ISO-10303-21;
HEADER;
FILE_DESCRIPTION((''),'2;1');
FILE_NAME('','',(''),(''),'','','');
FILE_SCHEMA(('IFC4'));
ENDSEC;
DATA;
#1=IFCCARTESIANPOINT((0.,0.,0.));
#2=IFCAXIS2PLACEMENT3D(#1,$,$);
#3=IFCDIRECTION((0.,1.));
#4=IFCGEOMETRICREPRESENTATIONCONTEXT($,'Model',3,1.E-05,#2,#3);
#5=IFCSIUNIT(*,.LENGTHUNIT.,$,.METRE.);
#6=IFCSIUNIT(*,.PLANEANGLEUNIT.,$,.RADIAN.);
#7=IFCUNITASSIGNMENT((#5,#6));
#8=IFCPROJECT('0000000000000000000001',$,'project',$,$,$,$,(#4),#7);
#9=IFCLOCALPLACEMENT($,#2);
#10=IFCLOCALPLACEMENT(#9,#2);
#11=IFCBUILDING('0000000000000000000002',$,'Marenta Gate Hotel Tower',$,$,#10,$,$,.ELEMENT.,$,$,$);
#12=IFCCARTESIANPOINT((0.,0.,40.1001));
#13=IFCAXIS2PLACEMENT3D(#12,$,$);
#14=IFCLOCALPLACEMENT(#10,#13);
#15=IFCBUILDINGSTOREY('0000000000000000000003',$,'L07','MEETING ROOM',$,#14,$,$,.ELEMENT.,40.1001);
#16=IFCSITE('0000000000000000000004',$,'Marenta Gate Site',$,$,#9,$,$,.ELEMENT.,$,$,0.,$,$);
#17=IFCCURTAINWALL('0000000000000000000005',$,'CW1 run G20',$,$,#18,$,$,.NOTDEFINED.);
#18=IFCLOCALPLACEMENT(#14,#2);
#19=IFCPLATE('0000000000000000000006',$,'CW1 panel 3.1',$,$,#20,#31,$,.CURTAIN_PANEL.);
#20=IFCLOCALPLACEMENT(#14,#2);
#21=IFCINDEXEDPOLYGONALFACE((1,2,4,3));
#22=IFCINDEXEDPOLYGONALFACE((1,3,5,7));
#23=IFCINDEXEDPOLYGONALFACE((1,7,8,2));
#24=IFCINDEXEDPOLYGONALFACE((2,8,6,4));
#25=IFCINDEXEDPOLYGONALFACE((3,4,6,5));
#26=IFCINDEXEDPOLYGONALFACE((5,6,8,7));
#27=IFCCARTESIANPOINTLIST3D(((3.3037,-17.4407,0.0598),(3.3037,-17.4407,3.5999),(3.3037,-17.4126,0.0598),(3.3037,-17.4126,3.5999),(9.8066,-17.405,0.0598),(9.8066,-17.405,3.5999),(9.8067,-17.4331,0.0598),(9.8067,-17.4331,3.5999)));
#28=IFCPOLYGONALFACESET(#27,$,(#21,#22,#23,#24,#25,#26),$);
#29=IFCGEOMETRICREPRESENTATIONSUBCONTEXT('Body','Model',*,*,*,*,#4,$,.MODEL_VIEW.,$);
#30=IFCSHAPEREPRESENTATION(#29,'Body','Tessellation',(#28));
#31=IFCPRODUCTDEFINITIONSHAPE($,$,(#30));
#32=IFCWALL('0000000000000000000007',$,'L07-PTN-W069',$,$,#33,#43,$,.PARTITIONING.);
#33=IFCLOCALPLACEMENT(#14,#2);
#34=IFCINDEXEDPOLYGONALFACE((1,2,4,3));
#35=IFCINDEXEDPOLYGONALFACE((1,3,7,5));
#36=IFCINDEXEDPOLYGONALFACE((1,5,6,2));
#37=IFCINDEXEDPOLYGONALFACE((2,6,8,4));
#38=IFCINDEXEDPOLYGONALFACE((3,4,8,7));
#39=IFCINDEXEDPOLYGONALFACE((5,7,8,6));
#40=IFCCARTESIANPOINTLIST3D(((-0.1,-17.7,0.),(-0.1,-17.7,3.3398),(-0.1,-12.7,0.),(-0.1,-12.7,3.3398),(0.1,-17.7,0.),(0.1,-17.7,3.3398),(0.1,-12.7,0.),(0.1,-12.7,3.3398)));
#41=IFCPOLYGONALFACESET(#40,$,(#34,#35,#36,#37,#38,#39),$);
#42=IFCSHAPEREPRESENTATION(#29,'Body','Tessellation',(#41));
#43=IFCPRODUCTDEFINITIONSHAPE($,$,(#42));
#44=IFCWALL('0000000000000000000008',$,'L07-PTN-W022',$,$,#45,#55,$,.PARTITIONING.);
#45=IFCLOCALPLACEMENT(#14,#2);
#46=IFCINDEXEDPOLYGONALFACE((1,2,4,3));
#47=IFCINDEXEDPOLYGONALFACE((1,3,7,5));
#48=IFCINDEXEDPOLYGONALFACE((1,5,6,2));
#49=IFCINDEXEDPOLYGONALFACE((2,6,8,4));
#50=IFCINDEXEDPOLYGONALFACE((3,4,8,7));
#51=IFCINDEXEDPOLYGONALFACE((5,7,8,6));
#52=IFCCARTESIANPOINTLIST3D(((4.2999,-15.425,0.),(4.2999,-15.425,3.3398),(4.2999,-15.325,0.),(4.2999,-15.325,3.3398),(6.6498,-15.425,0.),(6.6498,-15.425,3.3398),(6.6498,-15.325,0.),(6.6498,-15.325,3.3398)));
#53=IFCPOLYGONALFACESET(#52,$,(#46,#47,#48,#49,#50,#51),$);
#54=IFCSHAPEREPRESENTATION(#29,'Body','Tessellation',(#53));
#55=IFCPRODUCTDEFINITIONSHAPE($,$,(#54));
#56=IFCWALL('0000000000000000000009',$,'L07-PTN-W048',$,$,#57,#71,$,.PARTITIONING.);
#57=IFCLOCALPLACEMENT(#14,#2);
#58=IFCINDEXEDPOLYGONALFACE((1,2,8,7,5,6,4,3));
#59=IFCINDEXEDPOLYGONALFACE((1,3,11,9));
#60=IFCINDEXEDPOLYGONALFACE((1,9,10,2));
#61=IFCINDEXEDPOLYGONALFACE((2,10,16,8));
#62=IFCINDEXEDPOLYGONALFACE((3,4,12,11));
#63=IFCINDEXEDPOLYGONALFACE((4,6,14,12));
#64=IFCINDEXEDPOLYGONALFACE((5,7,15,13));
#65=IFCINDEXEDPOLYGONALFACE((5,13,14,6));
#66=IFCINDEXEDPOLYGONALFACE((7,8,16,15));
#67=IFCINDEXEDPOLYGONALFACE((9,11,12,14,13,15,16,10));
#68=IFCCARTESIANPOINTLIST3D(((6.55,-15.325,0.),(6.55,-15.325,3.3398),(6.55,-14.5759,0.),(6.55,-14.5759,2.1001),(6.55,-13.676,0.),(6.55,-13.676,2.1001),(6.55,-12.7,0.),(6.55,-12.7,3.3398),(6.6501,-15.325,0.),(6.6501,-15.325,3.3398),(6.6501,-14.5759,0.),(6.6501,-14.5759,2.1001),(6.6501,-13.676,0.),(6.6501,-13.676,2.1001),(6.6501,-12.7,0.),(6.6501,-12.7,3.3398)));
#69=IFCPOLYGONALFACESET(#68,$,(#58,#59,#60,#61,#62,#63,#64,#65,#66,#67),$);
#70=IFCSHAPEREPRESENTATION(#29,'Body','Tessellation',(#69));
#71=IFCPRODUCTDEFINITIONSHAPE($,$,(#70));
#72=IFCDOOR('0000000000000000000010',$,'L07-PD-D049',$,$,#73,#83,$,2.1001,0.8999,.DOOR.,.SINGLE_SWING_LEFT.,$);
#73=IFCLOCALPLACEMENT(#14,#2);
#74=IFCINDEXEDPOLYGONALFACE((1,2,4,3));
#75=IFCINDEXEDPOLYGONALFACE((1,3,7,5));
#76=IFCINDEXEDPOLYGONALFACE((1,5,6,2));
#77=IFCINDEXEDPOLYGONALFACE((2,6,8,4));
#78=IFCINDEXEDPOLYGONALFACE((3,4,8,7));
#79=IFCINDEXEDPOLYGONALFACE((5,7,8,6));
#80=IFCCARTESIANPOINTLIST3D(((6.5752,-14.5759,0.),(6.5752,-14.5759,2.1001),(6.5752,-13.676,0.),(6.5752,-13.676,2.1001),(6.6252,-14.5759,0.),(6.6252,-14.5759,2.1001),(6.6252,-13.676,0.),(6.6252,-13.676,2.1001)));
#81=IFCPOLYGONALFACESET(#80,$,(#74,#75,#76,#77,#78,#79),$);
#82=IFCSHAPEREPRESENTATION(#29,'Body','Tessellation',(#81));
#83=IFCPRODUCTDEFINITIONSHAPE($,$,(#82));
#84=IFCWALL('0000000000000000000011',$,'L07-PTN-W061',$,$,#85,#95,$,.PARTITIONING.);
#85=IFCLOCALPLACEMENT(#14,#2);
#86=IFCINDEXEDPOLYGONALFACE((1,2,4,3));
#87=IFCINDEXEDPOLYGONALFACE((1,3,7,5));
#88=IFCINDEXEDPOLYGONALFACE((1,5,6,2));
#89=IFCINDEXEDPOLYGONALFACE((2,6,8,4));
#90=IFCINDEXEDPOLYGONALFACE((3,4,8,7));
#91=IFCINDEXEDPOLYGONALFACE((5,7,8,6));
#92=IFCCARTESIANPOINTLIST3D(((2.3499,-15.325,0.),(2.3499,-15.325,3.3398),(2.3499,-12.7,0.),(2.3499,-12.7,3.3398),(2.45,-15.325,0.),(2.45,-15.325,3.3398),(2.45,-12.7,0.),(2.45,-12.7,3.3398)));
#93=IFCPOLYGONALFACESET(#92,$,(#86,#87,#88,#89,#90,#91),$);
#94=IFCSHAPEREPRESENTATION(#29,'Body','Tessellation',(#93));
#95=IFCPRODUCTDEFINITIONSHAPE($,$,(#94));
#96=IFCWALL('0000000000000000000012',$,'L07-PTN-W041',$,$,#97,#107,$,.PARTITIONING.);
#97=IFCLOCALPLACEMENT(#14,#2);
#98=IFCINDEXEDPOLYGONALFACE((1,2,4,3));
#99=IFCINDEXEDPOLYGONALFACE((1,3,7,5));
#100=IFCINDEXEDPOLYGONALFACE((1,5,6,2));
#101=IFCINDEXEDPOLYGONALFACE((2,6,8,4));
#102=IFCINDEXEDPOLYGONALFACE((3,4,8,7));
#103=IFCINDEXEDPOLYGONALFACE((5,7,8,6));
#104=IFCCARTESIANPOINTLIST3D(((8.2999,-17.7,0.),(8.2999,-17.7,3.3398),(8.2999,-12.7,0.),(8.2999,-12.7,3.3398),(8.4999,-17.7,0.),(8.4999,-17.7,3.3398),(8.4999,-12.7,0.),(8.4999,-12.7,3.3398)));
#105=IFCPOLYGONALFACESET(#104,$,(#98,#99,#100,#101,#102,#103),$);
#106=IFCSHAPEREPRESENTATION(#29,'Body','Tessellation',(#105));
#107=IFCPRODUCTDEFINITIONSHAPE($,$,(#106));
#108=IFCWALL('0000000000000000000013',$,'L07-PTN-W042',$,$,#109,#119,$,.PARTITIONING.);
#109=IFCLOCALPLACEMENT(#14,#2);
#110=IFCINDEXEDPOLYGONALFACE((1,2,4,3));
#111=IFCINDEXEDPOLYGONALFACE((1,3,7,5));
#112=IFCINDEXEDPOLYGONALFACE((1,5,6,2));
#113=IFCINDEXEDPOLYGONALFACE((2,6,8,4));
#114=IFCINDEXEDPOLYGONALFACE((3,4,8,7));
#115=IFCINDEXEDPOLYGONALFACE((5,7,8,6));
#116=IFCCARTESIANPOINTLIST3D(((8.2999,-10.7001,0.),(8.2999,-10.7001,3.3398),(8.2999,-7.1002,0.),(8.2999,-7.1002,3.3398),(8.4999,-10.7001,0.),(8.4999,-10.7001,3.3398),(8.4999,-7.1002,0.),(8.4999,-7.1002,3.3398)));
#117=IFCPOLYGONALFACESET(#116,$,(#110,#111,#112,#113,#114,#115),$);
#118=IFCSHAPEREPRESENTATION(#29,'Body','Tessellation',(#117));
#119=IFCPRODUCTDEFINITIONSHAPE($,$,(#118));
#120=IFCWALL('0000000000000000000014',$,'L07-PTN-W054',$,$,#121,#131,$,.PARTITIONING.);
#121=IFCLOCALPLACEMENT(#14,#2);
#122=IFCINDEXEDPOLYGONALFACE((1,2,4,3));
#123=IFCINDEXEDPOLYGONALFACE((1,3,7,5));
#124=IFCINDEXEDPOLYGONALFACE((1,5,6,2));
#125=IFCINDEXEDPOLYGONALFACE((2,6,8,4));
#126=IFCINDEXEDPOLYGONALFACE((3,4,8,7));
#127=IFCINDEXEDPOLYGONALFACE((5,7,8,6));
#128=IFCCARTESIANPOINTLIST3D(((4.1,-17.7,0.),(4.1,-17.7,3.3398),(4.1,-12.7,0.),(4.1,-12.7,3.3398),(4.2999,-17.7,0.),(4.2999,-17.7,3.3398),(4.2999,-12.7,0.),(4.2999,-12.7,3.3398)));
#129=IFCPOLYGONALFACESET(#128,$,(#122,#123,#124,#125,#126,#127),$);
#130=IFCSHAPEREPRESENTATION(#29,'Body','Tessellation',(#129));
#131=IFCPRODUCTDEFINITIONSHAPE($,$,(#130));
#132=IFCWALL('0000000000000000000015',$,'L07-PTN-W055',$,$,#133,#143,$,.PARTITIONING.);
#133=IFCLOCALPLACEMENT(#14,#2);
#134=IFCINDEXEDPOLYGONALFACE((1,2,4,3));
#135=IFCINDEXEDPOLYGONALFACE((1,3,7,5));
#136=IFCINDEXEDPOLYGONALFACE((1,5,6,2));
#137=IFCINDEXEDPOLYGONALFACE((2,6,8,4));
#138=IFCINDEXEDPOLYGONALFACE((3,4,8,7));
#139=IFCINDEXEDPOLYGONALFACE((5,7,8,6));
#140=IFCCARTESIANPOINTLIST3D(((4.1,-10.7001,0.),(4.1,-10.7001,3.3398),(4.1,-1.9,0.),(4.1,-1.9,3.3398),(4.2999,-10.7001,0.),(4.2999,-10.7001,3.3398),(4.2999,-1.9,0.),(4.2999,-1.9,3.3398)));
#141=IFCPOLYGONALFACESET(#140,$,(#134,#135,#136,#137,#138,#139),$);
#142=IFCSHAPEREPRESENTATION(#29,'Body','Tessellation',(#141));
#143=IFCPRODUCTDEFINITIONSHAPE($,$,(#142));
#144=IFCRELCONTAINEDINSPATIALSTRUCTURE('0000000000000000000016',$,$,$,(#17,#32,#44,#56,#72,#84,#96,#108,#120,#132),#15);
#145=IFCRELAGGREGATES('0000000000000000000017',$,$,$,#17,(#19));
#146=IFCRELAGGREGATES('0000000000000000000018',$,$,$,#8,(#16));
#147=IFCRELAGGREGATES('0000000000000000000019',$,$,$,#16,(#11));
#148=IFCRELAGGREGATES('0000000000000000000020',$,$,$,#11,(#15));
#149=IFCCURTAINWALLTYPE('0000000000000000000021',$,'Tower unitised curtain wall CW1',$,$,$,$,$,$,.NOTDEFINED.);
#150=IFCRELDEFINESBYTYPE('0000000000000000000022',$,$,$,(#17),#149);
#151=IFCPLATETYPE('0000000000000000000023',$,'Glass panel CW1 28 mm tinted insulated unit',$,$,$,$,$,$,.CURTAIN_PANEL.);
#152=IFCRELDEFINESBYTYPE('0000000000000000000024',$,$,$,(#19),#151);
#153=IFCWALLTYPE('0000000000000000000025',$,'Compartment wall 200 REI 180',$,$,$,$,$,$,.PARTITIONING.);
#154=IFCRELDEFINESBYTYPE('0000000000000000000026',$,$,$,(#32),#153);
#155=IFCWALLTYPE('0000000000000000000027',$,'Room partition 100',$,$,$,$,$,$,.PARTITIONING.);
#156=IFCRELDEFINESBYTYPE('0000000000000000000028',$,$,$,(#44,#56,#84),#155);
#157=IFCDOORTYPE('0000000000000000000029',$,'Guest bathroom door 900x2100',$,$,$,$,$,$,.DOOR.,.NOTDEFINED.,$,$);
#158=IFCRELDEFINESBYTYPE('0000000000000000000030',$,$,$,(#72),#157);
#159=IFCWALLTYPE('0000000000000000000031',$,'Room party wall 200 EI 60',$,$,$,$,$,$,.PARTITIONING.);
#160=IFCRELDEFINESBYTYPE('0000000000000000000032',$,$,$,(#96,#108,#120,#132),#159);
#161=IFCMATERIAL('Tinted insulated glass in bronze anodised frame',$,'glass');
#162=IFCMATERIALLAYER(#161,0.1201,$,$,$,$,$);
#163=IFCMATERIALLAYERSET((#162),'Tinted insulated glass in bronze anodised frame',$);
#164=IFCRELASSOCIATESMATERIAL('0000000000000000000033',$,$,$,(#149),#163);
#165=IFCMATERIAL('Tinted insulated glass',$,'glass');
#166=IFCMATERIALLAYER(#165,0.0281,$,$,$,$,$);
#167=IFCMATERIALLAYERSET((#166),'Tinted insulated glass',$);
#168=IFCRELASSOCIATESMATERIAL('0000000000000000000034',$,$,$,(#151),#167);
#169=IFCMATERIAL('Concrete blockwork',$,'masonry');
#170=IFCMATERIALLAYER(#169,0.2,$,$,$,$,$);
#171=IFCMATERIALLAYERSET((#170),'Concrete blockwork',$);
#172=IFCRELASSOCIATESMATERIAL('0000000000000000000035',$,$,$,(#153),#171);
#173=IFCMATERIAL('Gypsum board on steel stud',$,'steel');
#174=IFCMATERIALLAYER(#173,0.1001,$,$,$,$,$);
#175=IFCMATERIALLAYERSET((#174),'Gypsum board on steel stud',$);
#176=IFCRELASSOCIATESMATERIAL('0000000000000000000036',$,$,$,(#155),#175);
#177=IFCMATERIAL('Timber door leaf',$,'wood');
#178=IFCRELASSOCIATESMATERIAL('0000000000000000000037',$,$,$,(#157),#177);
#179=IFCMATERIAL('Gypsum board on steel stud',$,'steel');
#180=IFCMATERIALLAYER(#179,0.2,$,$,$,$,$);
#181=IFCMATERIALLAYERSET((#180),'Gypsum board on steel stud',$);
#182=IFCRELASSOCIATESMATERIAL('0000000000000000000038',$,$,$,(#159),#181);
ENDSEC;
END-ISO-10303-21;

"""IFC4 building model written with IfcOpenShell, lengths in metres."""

from ifc_helpers import new_model, si_unit, direction, frame, frame_2d, origin, origin_2d, place, context, subcontext, project, spatial, rectangle, extrude, material, layer, layer_set, type_object, element, fill, aggregate, save


model = new_model("IFC4")

# Units and contexts
model_context = context("Model", 3, precision=1e-05, world=origin(), true_north=direction((0.0, 1.0)))
body_context = subcontext(model_context, "Body", "Model", "MODEL_VIEW")
ifc_project = project(units=[si_unit("LENGTHUNIT", "METRE"), si_unit("PLANEANGLEUNIT", "RADIAN")], contexts=[model_context])

# Site, building, storey
site_placement = place(None, origin())
site = spatial("IfcSite", under=ifc_project, at=site_placement, Name="Marenta Gate Site", CompositionType="ELEMENT", RefElevation=0.0)
building_placement = place(site_placement, origin())
building = spatial("IfcBuilding", under=site, at=building_placement, Name="Marenta Gate Hotel Tower", CompositionType="ELEMENT")
storey_placement = place(building_placement, frame((0.0, 0.0, 40.1001)))
storey = spatial("IfcBuildingStorey", under=building, at=storey_placement, Name="L07", Description="MEETING ROOM", CompositionType="ELEMENT", Elevation=40.1001)

# Curtain wall
ifc_material_1 = material(Name="Tinted insulated glass in bronze anodised frame", Category="glass")
ifc_layer_1 = layer(ifc_material_1, 0.1201)
ifc_layer_set_1 = layer_set([ifc_layer_1], Name="Tinted insulated glass in bronze anodised frame")
curtain_wall_type = type_object("IfcCurtainWallType", Name="Tower unitised curtain wall CW1", PredefinedType="NOTDEFINED", material=ifc_layer_set_1)
curtain_wall_1_placement = place(storey_placement, origin())
curtain_wall_1 = element("IfcCurtainWall", 1, at=curtain_wall_1_placement, inside=storey, type_object=curtain_wall_type, Name="CW1 run G20", PredefinedType="NOTDEFINED")

# Plate
ifc_material_2 = material(Name="Tinted insulated glass", Category="glass")
ifc_layer_2 = layer(ifc_material_2, 0.0281)
ifc_layer_set_2 = layer_set([ifc_layer_2], Name="Tinted insulated glass")
plate_type = type_object("IfcPlateType", Name="Glass panel CW1 28 mm tinted insulated unit", PredefinedType="CURTAIN_PANEL", material=ifc_layer_set_2)
plate_1_placement = place(storey_placement, frame((6.5552, -17.4229, 0.0598), z_axis=(0.0, 0.0, 1.0), x_axis=(0.999999, 0.001163, 0.0)))
plate_1 = element("IfcPlate", 2, at=plate_1_placement, type_object=plate_type, Name="CW1 panel 3.1", PredefinedType="CURTAIN_PANEL", context=body_context, shape_type="SweptSolid", body=[
    extrude(rectangle(XDim=6.5029, YDim=0.0281, at=origin_2d()), origin(), (0.0, 0.0, 1.0), 3.54),
])
aggregate(curtain_wall_1, [plate_1])

# Wall
ifc_material_3 = material(Name="Concrete blockwork", Category="masonry")
ifc_layer_3 = layer(ifc_material_3, 0.2)
ifc_layer_set_3 = layer_set([ifc_layer_3], Name="Concrete blockwork")
wall_type_1 = type_object("IfcWallType", Name="Compartment wall 200 REI 180", PredefinedType="PARTITIONING", material=ifc_layer_set_3)
wall_1_placement = place(storey_placement, frame((0.0, -17.7, 0.0), z_axis=(0.0, 0.0, 1.0), x_axis=(0.0, 1.0, 0.0)))
element("IfcWall", 3, at=wall_1_placement, inside=storey, type_object=wall_type_1, Name="L07-PTN-W069", PredefinedType="PARTITIONING", context=body_context, shape_type="SweptSolid", body=[
    extrude(rectangle(XDim=5.0, YDim=0.2, at=frame_2d((2.5, 0.0))), origin(), (0.0, 0.0, 1.0), 3.3398),
])

# Wall
ifc_material_4 = material(Name="Gypsum board on steel stud", Category="steel")
ifc_layer_4 = layer(ifc_material_4, 0.1001)
ifc_layer_set_4 = layer_set([ifc_layer_4], Name="Gypsum board on steel stud")
wall_type_2 = type_object("IfcWallType", Name="Room partition 100", PredefinedType="PARTITIONING", material=ifc_layer_set_4)
wall_2_placement = place(storey_placement, frame((4.3, -15.375, 0.0), z_axis=(0.0, 0.0, 1.0), x_axis=(1.0, 0.0, 0.0)))
element("IfcWall", 4, at=wall_2_placement, inside=storey, type_object=wall_type_2, Name="L07-PTN-W022", PredefinedType="PARTITIONING", context=body_context, shape_type="SweptSolid", body=[
    extrude(rectangle(XDim=2.3499, YDim=0.1001, at=frame_2d((1.1748, 0.0))), origin(), (0.0, 0.0, 1.0), 3.3398),
])

# Wall, opening, door
wall_3_placement = place(storey_placement, frame((6.6001, -15.325, 0.0), z_axis=(0.0, 0.0, 1.0), x_axis=(0.0, 1.0, 0.0)))
wall_3 = element("IfcWall", 5, at=wall_3_placement, inside=storey, type_object=wall_type_2, Name="L07-PTN-W048", PredefinedType="PARTITIONING", context=body_context, shape_type="SweptSolid", body=[
    extrude(rectangle(XDim=2.625, YDim=0.1001, at=frame_2d((1.3125, 0.0))), origin(), (0.0, 0.0, 1.0), 3.3398),
])
opening_1_placement = place(wall_3_placement, frame((0.749, 0.0, 0.0)))
opening_1 = element("IfcOpeningElement", 6, at=opening_1_placement, cuts=wall_3, PredefinedType="OPENING", context=body_context, shape_type="SweptSolid", body=[
    extrude(rectangle(XDim=0.8999, YDim=2.1001, at=frame_2d((0.45, 1.05))), frame((0.0, 0.05, 0.0), z_axis=(0.0, -1.0, 0.0), x_axis=(1.0, 0.0, 0.0)), (0.0, 0.0, 1.0), 0.1001),
])
ifc_material_5 = material(Name="Timber door leaf", Category="wood")
door_type_1 = type_object("IfcDoorType", Name="Guest bathroom door 900x2100", OperationType="NOTDEFINED", PredefinedType="DOOR", material=ifc_material_5)
door_1_placement = place(opening_1_placement, origin())
door_1 = element("IfcDoor", 7, at=door_1_placement, inside=storey, type_object=door_type_1, Name="L07-PD-D049", OperationType="SINGLE_SWING_LEFT", OverallHeight=2.1001, OverallWidth=0.8999, PredefinedType="DOOR", context=body_context, shape_type="SweptSolid", body=[
    extrude(rectangle(XDim=0.8999, YDim=2.1001, at=frame_2d((0.45, 1.05))), frame((0.0, 0.0249, 0.0), z_axis=(0.0, -1.0, 0.0), x_axis=(1.0, 0.0, 0.0)), (0.0, 0.0, 1.0), 0.05),
])
fill(opening_1, door_1)

# Walls
wall_4_placement = place(storey_placement, frame((2.3999, -15.325, 0.0), z_axis=(0.0, 0.0, 1.0), x_axis=(0.0, 1.0, 0.0)))
element("IfcWall", 8, at=wall_4_placement, inside=storey, type_object=wall_type_2, Name="L07-PTN-W061", PredefinedType="PARTITIONING", context=body_context, shape_type="SweptSolid", body=[
    extrude(rectangle(XDim=2.625, YDim=0.1001, at=frame_2d((1.3125, 0.0))), origin(), (0.0, 0.0, 1.0), 3.3398),
])
ifc_material_6 = material(Name="Gypsum board on steel stud", Category="steel")
ifc_layer_5 = layer(ifc_material_6, 0.2)
ifc_layer_set_5 = layer_set([ifc_layer_5], Name="Gypsum board on steel stud")
wall_type_3 = type_object("IfcWallType", Name="Room party wall 200 EI 60", PredefinedType="PARTITIONING", material=ifc_layer_set_5)
wall_5_placement = place(storey_placement, frame((8.3999, -17.7, 0.0), z_axis=(0.0, 0.0, 1.0), x_axis=(0.0, 1.0, 0.0)))
element("IfcWall", 9, at=wall_5_placement, inside=storey, type_object=wall_type_3, Name="L07-PTN-W041", PredefinedType="PARTITIONING", context=body_context, shape_type="SweptSolid", body=[
    extrude(rectangle(XDim=5.0, YDim=0.2, at=frame_2d((2.5, 0.0))), origin(), (0.0, 0.0, 1.0), 3.3398),
])
wall_6_placement = place(storey_placement, frame((8.3999, -10.7, 0.0), z_axis=(0.0, 0.0, 1.0), x_axis=(0.0, 1.0, 0.0)))
element("IfcWall", 10, at=wall_6_placement, inside=storey, type_object=wall_type_3, Name="L07-PTN-W042", PredefinedType="PARTITIONING", context=body_context, shape_type="SweptSolid", body=[
    extrude(rectangle(XDim=3.5999, YDim=0.2, at=frame_2d((1.7998, 0.0))), origin(), (0.0, 0.0, 1.0), 3.3398),
])
wall_7_placement = place(storey_placement, frame((4.2, -17.7, 0.0), z_axis=(0.0, 0.0, 1.0), x_axis=(0.0, 1.0, 0.0)))
element("IfcWall", 11, at=wall_7_placement, inside=storey, type_object=wall_type_3, Name="L07-PTN-W054", PredefinedType="PARTITIONING", context=body_context, shape_type="SweptSolid", body=[
    extrude(rectangle(XDim=5.0, YDim=0.2, at=frame_2d((2.5, 0.0))), origin(), (0.0, 0.0, 1.0), 3.3398),
])
wall_8_placement = place(storey_placement, frame((4.2, -10.7, 0.0), z_axis=(0.0, 0.0, 1.0), x_axis=(0.0, 1.0, 0.0)))
element("IfcWall", 12, at=wall_8_placement, inside=storey, type_object=wall_type_3, Name="L07-PTN-W055", PredefinedType="PARTITIONING", context=body_context, shape_type="SweptSolid", body=[
    extrude(rectangle(XDim=8.8, YDim=0.2, at=frame_2d((4.3999, 0.0))), origin(), (0.0, 0.0, 1.0), 3.3398),
])

save(model, "model.ifc")
